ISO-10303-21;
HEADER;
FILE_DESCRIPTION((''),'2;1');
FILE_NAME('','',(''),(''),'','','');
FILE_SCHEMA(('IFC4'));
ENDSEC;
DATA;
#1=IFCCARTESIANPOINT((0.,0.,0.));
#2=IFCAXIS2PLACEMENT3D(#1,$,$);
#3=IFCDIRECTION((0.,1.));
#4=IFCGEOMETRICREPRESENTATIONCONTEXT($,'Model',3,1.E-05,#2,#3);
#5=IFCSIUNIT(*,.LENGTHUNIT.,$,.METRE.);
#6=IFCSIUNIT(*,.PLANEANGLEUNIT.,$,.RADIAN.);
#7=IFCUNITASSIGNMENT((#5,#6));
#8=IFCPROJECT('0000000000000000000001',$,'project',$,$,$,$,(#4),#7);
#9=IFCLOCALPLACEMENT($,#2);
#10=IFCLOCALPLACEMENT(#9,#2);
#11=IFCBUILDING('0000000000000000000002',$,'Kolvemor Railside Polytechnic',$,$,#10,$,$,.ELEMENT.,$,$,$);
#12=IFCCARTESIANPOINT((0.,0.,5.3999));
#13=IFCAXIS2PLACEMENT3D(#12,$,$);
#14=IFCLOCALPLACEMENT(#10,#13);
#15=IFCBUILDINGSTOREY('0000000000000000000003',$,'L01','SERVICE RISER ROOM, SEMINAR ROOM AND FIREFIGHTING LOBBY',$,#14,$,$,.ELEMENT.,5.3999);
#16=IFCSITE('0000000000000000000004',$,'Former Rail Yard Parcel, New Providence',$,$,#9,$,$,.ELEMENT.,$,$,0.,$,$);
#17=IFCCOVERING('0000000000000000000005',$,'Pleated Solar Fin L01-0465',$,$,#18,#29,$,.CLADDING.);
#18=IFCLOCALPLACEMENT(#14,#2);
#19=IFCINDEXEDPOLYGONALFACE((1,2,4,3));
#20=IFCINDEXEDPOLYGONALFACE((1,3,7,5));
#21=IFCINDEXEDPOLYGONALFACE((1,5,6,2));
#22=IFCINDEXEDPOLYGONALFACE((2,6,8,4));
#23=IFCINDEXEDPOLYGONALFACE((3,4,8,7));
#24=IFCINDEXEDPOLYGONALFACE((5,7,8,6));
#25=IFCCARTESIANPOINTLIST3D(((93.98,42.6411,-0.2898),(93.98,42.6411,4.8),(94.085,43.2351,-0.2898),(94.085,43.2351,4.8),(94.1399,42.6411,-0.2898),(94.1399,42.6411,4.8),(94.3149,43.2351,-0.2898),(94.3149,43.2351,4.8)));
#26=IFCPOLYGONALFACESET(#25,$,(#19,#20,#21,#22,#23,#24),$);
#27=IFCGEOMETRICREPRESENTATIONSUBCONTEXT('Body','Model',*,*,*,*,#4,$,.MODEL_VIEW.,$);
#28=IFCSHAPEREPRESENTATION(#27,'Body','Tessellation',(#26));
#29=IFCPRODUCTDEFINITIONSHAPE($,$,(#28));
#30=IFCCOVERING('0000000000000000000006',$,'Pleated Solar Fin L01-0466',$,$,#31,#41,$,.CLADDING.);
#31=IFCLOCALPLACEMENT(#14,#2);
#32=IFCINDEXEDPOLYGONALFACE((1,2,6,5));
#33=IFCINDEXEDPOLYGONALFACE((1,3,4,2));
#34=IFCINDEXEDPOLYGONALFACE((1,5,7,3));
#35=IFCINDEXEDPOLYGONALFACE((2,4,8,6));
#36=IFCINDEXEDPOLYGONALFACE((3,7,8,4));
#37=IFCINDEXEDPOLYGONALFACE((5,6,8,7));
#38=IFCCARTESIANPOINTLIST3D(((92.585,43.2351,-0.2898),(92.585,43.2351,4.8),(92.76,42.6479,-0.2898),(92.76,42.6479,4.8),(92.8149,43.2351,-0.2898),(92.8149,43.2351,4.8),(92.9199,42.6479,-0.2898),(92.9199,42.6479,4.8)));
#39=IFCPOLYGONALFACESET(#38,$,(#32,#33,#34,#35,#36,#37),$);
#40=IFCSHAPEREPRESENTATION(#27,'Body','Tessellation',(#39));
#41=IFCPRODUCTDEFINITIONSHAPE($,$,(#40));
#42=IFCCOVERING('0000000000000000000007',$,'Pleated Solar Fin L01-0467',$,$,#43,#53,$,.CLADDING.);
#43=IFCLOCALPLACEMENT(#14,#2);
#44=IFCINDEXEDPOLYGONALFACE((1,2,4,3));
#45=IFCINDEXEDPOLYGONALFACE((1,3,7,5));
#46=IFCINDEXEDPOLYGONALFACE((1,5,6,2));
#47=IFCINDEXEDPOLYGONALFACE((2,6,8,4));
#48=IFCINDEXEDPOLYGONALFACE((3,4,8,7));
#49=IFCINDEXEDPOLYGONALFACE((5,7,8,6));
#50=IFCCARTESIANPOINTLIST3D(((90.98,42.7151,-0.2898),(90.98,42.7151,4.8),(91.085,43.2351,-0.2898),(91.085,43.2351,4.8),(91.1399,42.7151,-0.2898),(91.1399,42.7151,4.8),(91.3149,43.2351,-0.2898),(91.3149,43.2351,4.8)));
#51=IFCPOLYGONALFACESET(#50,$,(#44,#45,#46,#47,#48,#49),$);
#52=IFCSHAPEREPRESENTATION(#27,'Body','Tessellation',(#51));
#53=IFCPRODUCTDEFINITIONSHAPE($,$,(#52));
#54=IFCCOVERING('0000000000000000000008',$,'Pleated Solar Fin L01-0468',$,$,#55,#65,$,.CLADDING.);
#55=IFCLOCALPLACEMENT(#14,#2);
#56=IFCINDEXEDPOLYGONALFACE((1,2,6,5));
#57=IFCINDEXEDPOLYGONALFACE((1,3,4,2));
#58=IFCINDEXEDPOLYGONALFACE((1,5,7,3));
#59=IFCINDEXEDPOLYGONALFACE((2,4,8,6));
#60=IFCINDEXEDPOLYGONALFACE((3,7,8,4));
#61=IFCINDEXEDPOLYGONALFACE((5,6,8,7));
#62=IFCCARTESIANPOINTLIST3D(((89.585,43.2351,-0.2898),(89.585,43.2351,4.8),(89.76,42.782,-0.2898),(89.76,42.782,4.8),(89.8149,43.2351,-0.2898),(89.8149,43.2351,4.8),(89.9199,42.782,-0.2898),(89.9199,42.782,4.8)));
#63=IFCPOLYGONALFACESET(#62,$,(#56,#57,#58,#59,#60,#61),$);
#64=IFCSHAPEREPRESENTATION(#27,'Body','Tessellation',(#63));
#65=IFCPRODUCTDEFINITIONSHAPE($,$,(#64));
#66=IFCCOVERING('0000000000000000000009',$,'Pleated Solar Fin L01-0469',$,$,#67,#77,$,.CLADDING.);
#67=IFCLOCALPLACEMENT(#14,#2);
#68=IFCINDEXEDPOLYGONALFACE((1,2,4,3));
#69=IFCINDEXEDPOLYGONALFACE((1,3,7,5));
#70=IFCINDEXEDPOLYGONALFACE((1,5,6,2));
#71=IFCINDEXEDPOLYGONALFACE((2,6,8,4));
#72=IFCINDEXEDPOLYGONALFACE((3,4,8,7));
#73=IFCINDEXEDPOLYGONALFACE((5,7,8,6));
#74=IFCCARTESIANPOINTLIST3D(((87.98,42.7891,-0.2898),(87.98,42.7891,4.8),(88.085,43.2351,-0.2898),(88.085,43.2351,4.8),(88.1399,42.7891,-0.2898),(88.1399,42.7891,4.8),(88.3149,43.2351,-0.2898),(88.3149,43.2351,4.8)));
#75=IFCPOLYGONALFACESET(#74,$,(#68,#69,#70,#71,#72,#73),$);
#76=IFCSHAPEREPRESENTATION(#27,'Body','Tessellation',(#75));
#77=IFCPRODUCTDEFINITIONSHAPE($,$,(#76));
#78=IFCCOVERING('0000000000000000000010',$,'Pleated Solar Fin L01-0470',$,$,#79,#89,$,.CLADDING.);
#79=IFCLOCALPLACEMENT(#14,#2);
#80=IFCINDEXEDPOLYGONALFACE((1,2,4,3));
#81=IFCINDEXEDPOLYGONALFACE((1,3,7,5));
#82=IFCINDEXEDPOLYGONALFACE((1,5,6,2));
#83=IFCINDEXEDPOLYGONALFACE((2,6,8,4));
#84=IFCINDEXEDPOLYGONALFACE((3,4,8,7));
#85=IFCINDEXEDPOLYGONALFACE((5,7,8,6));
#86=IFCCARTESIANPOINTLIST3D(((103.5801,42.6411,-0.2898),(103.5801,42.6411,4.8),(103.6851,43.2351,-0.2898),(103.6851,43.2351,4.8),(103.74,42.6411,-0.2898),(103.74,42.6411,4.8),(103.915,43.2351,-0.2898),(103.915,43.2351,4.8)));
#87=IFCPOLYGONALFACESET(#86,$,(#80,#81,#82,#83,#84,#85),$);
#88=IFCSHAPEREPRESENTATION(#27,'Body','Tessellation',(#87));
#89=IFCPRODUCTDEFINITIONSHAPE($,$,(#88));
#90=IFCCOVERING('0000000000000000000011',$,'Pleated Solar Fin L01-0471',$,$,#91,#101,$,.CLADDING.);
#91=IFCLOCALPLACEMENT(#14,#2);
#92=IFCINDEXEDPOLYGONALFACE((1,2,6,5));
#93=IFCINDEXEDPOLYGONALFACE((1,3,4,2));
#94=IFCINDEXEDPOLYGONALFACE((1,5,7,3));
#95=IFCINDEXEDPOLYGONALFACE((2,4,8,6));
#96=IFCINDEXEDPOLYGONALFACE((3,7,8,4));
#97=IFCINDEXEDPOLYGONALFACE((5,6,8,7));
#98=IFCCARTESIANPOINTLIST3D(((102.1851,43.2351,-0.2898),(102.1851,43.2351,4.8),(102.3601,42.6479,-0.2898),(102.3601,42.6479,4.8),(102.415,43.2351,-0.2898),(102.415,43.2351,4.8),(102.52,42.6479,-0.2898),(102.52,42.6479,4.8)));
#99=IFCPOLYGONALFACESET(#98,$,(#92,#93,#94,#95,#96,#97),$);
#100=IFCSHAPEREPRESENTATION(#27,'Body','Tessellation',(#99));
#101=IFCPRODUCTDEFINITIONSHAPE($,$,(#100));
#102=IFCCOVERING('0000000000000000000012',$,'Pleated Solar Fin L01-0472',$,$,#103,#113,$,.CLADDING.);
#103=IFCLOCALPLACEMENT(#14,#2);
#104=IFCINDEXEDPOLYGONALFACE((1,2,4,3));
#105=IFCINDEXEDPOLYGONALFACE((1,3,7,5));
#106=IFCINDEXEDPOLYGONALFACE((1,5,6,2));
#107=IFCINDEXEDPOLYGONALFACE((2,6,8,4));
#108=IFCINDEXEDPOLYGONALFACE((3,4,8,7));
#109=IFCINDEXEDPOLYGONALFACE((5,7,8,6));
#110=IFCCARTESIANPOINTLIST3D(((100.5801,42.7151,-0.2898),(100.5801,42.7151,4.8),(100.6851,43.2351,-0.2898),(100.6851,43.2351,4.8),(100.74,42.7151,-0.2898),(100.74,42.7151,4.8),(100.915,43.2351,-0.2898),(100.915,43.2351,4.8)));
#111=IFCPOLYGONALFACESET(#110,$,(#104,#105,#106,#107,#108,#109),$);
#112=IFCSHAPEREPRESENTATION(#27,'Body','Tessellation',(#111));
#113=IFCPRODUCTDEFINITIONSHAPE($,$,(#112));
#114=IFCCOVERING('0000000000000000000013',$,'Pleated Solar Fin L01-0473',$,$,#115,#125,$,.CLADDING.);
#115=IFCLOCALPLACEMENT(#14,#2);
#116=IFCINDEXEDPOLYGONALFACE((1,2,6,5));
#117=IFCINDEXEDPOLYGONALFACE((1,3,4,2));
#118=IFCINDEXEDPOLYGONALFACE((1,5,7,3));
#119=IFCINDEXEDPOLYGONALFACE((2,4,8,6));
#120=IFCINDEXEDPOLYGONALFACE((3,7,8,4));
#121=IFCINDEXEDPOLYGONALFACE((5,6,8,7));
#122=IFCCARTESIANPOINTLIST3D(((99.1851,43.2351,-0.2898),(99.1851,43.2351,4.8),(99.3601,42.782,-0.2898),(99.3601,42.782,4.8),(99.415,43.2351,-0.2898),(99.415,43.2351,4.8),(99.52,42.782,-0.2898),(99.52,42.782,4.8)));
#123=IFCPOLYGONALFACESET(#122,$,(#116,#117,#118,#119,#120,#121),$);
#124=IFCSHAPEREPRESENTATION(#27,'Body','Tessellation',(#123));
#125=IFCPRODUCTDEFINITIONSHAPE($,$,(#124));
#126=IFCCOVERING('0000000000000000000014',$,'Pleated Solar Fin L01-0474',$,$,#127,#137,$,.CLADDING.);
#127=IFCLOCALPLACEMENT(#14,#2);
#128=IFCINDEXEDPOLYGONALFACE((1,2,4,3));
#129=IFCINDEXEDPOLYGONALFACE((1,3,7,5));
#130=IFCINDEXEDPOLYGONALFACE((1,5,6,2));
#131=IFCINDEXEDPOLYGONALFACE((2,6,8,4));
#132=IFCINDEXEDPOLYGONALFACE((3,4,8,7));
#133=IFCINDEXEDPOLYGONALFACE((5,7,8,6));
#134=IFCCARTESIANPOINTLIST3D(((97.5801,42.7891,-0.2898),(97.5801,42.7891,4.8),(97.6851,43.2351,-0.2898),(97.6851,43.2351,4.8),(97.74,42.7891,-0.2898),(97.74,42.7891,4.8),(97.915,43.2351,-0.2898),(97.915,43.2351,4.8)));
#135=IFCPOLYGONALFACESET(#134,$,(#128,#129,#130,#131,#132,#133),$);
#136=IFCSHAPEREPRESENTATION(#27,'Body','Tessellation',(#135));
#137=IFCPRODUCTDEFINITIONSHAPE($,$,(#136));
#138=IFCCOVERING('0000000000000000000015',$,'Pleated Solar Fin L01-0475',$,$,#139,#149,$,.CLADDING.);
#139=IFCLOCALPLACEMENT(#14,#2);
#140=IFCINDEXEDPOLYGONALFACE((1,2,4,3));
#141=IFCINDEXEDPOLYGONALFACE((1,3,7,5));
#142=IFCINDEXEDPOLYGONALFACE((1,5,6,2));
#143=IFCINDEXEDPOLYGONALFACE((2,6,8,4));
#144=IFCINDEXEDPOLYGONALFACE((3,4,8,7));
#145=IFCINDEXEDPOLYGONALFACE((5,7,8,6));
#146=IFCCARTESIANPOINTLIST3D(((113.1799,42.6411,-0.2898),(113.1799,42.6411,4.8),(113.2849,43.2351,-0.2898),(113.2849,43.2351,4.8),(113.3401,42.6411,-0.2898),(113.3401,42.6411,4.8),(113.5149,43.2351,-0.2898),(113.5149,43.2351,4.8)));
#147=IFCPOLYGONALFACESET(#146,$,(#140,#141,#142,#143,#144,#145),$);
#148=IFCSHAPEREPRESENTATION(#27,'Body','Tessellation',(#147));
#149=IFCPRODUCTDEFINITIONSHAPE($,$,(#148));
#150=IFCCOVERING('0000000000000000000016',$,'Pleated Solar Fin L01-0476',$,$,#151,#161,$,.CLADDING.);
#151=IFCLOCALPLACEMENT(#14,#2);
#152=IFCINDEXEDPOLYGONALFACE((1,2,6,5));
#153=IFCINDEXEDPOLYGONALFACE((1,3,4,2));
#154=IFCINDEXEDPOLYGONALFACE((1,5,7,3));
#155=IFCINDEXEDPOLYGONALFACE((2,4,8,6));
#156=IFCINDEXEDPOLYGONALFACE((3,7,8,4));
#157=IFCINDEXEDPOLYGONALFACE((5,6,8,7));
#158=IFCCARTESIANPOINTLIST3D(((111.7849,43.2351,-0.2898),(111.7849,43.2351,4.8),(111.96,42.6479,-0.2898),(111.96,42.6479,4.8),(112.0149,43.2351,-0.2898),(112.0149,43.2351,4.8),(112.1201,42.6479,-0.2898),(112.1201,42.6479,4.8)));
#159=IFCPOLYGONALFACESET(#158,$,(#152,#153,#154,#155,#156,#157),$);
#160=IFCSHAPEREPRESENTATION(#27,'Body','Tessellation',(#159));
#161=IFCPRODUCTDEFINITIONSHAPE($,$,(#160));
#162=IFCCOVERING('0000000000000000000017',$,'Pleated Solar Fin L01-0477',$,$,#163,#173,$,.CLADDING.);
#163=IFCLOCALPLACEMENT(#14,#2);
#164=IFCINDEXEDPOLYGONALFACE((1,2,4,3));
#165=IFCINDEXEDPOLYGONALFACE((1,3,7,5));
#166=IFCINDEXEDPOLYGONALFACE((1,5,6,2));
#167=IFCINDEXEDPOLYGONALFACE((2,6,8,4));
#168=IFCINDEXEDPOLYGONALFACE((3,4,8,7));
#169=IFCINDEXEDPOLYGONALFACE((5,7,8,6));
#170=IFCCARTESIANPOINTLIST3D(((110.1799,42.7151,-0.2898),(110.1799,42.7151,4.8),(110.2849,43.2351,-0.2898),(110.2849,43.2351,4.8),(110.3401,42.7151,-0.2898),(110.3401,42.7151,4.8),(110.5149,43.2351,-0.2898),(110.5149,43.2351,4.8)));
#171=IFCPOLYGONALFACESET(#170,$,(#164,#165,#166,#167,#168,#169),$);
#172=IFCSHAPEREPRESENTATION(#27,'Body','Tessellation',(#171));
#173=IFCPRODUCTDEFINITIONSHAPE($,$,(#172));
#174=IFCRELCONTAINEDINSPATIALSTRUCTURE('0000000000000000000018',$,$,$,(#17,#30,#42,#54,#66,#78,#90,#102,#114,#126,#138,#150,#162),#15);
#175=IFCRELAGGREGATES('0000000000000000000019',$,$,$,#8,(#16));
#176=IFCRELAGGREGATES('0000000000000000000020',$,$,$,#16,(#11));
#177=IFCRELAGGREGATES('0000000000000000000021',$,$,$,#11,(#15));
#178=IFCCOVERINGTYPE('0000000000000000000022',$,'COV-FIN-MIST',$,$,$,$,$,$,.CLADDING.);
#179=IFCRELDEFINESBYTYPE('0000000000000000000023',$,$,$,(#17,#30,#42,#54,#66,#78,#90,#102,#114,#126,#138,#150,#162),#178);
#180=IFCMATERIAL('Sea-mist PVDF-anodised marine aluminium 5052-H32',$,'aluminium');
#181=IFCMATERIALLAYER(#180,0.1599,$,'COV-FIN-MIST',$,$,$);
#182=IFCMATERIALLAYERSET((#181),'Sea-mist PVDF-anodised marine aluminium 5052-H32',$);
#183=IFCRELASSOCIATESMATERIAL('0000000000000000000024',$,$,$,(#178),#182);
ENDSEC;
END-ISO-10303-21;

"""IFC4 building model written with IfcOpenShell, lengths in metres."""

from ifc_helpers import new_model, si_unit, direction, frame, origin, place, context, subcontext, project, spatial, polyline, outline, extrude, material, layer, layer_set, type_object, element, save


model = new_model("IFC4")

# Units and contexts
model_context = context("Model", 3, precision=1e-05, world=origin(), true_north=direction((0.0, 1.0)))
body_context = subcontext(model_context, "Body", "Model", "MODEL_VIEW")
ifc_project = project(units=[si_unit("LENGTHUNIT", "METRE"), si_unit("PLANEANGLEUNIT", "RADIAN")], contexts=[model_context])

# Site, building, storey
site_placement = place(None, origin())
site = spatial("IfcSite", under=ifc_project, at=site_placement, Name="Former Rail Yard Parcel, New Providence", CompositionType="ELEMENT", RefElevation=0.0)
building_placement = place(site_placement, origin())
building = spatial("IfcBuilding", under=site, at=building_placement, Name="Kolvemor Railside Polytechnic", CompositionType="ELEMENT")
storey_placement = place(building_placement, frame((0.0, 0.0, 5.3999)))
storey = spatial("IfcBuildingStorey", under=building, at=storey_placement, Name="L01", Description="SERVICE RISER ROOM, SEMINAR ROOM AND FIREFIGHTING LOBBY", CompositionType="ELEMENT", Elevation=5.3999)

# Coverings
ifc_material = material(Name="Sea-mist PVDF-anodised marine aluminium 5052-H32", Category="aluminium")
ifc_layer = layer(ifc_material, 0.1599, Name="COV-FIN-MIST")
ifc_layer_set = layer_set([ifc_layer], Name="Sea-mist PVDF-anodised marine aluminium 5052-H32")
covering_type = type_object("IfcCoveringType", Name="COV-FIN-MIST", PredefinedType="CLADDING", material=ifc_layer_set)
covering_1_placement = place(storey_placement, frame((0.0, 0.0, -0.2898)))
element("IfcCovering", 1, at=covering_1_placement, inside=storey, type_object=covering_type, Name="Pleated Solar Fin L01-0465", PredefinedType="CLADDING", context=body_context, shape_type="SweptSolid", body=[
    extrude(outline(polyline([(94.3149, 43.2351), (94.085, 43.2351), (93.98, 42.6411), (94.1399, 42.6411), (94.3149, 43.2351)])), origin(), (0.0, 0.0, 1.0), 5.0898),
])
covering_2_placement = place(storey_placement, frame((0.0, 0.0, -0.2898)))
element("IfcCovering", 2, at=covering_2_placement, inside=storey, type_object=covering_type, Name="Pleated Solar Fin L01-0466", PredefinedType="CLADDING", context=body_context, shape_type="SweptSolid", body=[
    extrude(outline(polyline([(92.8149, 43.2351), (92.585, 43.2351), (92.76, 42.6479), (92.9199, 42.6479), (92.8149, 43.2351)])), origin(), (0.0, 0.0, 1.0), 5.0898),
])
covering_3_placement = place(storey_placement, frame((0.0, 0.0, -0.2898)))
element("IfcCovering", 3, at=covering_3_placement, inside=storey, type_object=covering_type, Name="Pleated Solar Fin L01-0467", PredefinedType="CLADDING", context=body_context, shape_type="SweptSolid", body=[
    extrude(outline(polyline([(91.3149, 43.2351), (91.085, 43.2351), (90.98, 42.7151), (91.1399, 42.7151), (91.3149, 43.2351)])), origin(), (0.0, 0.0, 1.0), 5.0898),
])
covering_4_placement = place(storey_placement, frame((0.0, 0.0, -0.2898)))
element("IfcCovering", 4, at=covering_4_placement, inside=storey, type_object=covering_type, Name="Pleated Solar Fin L01-0468", PredefinedType="CLADDING", context=body_context, shape_type="SweptSolid", body=[
    extrude(outline(polyline([(89.8149, 43.2351), (89.585, 43.2351), (89.76, 42.782), (89.9199, 42.782), (89.8149, 43.2351)])), origin(), (0.0, 0.0, 1.0), 5.0898),
])
covering_5_placement = place(storey_placement, frame((0.0, 0.0, -0.2898)))
element("IfcCovering", 5, at=covering_5_placement, inside=storey, type_object=covering_type, Name="Pleated Solar Fin L01-0469", PredefinedType="CLADDING", context=body_context, shape_type="SweptSolid", body=[
    extrude(outline(polyline([(88.3149, 43.2351), (88.085, 43.2351), (87.98, 42.7891), (88.1399, 42.7891), (88.3149, 43.2351)])), origin(), (0.0, 0.0, 1.0), 5.0898),
])
covering_6_placement = place(storey_placement, frame((0.0, 0.0, -0.2898)))
element("IfcCovering", 6, at=covering_6_placement, inside=storey, type_object=covering_type, Name="Pleated Solar Fin L01-0470", PredefinedType="CLADDING", context=body_context, shape_type="SweptSolid", body=[
    extrude(outline(polyline([(103.915, 43.2351), (103.6851, 43.2351), (103.5801, 42.6411), (103.74, 42.6411), (103.915, 43.2351)])), origin(), (0.0, 0.0, 1.0), 5.0898),
])
covering_7_placement = place(storey_placement, frame((0.0, 0.0, -0.2898)))
element("IfcCovering", 7, at=covering_7_placement, inside=storey, type_object=covering_type, Name="Pleated Solar Fin L01-0471", PredefinedType="CLADDING", context=body_context, shape_type="SweptSolid", body=[
    extrude(outline(polyline([(102.415, 43.2351), (102.1851, 43.2351), (102.3601, 42.6479), (102.52, 42.6479), (102.415, 43.2351)])), origin(), (0.0, 0.0, 1.0), 5.0898),
])
covering_8_placement = place(storey_placement, frame((0.0, 0.0, -0.2898)))
element("IfcCovering", 8, at=covering_8_placement, inside=storey, type_object=covering_type, Name="Pleated Solar Fin L01-0472", PredefinedType="CLADDING", context=body_context, shape_type="SweptSolid", body=[
    extrude(outline(polyline([(100.915, 43.2351), (100.6851, 43.2351), (100.5801, 42.7151), (100.74, 42.7151), (100.915, 43.2351)])), origin(), (0.0, 0.0, 1.0), 5.0898),
])
covering_9_placement = place(storey_placement, frame((0.0, 0.0, -0.2898)))
element("IfcCovering", 9, at=covering_9_placement, inside=storey, type_object=covering_type, Name="Pleated Solar Fin L01-0473", PredefinedType="CLADDING", context=body_context, shape_type="SweptSolid", body=[
    extrude(outline(polyline([(99.415, 43.2351), (99.1851, 43.2351), (99.3601, 42.782), (99.52, 42.782), (99.415, 43.2351)])), origin(), (0.0, 0.0, 1.0), 5.0898),
])
covering_10_placement = place(storey_placement, frame((0.0, 0.0, -0.2898)))
element("IfcCovering", 10, at=covering_10_placement, inside=storey, type_object=covering_type, Name="Pleated Solar Fin L01-0474", PredefinedType="CLADDING", context=body_context, shape_type="SweptSolid", body=[
    extrude(outline(polyline([(97.915, 43.2351), (97.6851, 43.2351), (97.5801, 42.7891), (97.74, 42.7891), (97.915, 43.2351)])), origin(), (0.0, 0.0, 1.0), 5.0898),
])
covering_11_placement = place(storey_placement, frame((0.0, 0.0, -0.2898)))
element("IfcCovering", 11, at=covering_11_placement, inside=storey, type_object=covering_type, Name="Pleated Solar Fin L01-0475", PredefinedType="CLADDING", context=body_context, shape_type="SweptSolid", body=[
    extrude(outline(polyline([(113.5149, 43.2351), (113.2849, 43.2351), (113.1799, 42.6411), (113.3401, 42.6411), (113.5149, 43.2351)])), origin(), (0.0, 0.0, 1.0), 5.0898),
])
covering_12_placement = place(storey_placement, frame((0.0, 0.0, -0.2898)))
element("IfcCovering", 12, at=covering_12_placement, inside=storey, type_object=covering_type, Name="Pleated Solar Fin L01-0476", PredefinedType="CLADDING", context=body_context, shape_type="SweptSolid", body=[
    extrude(outline(polyline([(112.0149, 43.2351), (111.7849, 43.2351), (111.96, 42.6479), (112.1201, 42.6479), (112.0149, 43.2351)])), origin(), (0.0, 0.0, 1.0), 5.0898),
])
covering_13_placement = place(storey_placement, frame((0.0, 0.0, -0.2898)))
element("IfcCovering", 13, at=covering_13_placement, inside=storey, type_object=covering_type, Name="Pleated Solar Fin L01-0477", PredefinedType="CLADDING", context=body_context, shape_type="SweptSolid", body=[
    extrude(outline(polyline([(110.5149, 43.2351), (110.2849, 43.2351), (110.1799, 42.7151), (110.3401, 42.7151), (110.5149, 43.2351)])), origin(), (0.0, 0.0, 1.0), 5.0898),
])

save(model, "model.ifc")
